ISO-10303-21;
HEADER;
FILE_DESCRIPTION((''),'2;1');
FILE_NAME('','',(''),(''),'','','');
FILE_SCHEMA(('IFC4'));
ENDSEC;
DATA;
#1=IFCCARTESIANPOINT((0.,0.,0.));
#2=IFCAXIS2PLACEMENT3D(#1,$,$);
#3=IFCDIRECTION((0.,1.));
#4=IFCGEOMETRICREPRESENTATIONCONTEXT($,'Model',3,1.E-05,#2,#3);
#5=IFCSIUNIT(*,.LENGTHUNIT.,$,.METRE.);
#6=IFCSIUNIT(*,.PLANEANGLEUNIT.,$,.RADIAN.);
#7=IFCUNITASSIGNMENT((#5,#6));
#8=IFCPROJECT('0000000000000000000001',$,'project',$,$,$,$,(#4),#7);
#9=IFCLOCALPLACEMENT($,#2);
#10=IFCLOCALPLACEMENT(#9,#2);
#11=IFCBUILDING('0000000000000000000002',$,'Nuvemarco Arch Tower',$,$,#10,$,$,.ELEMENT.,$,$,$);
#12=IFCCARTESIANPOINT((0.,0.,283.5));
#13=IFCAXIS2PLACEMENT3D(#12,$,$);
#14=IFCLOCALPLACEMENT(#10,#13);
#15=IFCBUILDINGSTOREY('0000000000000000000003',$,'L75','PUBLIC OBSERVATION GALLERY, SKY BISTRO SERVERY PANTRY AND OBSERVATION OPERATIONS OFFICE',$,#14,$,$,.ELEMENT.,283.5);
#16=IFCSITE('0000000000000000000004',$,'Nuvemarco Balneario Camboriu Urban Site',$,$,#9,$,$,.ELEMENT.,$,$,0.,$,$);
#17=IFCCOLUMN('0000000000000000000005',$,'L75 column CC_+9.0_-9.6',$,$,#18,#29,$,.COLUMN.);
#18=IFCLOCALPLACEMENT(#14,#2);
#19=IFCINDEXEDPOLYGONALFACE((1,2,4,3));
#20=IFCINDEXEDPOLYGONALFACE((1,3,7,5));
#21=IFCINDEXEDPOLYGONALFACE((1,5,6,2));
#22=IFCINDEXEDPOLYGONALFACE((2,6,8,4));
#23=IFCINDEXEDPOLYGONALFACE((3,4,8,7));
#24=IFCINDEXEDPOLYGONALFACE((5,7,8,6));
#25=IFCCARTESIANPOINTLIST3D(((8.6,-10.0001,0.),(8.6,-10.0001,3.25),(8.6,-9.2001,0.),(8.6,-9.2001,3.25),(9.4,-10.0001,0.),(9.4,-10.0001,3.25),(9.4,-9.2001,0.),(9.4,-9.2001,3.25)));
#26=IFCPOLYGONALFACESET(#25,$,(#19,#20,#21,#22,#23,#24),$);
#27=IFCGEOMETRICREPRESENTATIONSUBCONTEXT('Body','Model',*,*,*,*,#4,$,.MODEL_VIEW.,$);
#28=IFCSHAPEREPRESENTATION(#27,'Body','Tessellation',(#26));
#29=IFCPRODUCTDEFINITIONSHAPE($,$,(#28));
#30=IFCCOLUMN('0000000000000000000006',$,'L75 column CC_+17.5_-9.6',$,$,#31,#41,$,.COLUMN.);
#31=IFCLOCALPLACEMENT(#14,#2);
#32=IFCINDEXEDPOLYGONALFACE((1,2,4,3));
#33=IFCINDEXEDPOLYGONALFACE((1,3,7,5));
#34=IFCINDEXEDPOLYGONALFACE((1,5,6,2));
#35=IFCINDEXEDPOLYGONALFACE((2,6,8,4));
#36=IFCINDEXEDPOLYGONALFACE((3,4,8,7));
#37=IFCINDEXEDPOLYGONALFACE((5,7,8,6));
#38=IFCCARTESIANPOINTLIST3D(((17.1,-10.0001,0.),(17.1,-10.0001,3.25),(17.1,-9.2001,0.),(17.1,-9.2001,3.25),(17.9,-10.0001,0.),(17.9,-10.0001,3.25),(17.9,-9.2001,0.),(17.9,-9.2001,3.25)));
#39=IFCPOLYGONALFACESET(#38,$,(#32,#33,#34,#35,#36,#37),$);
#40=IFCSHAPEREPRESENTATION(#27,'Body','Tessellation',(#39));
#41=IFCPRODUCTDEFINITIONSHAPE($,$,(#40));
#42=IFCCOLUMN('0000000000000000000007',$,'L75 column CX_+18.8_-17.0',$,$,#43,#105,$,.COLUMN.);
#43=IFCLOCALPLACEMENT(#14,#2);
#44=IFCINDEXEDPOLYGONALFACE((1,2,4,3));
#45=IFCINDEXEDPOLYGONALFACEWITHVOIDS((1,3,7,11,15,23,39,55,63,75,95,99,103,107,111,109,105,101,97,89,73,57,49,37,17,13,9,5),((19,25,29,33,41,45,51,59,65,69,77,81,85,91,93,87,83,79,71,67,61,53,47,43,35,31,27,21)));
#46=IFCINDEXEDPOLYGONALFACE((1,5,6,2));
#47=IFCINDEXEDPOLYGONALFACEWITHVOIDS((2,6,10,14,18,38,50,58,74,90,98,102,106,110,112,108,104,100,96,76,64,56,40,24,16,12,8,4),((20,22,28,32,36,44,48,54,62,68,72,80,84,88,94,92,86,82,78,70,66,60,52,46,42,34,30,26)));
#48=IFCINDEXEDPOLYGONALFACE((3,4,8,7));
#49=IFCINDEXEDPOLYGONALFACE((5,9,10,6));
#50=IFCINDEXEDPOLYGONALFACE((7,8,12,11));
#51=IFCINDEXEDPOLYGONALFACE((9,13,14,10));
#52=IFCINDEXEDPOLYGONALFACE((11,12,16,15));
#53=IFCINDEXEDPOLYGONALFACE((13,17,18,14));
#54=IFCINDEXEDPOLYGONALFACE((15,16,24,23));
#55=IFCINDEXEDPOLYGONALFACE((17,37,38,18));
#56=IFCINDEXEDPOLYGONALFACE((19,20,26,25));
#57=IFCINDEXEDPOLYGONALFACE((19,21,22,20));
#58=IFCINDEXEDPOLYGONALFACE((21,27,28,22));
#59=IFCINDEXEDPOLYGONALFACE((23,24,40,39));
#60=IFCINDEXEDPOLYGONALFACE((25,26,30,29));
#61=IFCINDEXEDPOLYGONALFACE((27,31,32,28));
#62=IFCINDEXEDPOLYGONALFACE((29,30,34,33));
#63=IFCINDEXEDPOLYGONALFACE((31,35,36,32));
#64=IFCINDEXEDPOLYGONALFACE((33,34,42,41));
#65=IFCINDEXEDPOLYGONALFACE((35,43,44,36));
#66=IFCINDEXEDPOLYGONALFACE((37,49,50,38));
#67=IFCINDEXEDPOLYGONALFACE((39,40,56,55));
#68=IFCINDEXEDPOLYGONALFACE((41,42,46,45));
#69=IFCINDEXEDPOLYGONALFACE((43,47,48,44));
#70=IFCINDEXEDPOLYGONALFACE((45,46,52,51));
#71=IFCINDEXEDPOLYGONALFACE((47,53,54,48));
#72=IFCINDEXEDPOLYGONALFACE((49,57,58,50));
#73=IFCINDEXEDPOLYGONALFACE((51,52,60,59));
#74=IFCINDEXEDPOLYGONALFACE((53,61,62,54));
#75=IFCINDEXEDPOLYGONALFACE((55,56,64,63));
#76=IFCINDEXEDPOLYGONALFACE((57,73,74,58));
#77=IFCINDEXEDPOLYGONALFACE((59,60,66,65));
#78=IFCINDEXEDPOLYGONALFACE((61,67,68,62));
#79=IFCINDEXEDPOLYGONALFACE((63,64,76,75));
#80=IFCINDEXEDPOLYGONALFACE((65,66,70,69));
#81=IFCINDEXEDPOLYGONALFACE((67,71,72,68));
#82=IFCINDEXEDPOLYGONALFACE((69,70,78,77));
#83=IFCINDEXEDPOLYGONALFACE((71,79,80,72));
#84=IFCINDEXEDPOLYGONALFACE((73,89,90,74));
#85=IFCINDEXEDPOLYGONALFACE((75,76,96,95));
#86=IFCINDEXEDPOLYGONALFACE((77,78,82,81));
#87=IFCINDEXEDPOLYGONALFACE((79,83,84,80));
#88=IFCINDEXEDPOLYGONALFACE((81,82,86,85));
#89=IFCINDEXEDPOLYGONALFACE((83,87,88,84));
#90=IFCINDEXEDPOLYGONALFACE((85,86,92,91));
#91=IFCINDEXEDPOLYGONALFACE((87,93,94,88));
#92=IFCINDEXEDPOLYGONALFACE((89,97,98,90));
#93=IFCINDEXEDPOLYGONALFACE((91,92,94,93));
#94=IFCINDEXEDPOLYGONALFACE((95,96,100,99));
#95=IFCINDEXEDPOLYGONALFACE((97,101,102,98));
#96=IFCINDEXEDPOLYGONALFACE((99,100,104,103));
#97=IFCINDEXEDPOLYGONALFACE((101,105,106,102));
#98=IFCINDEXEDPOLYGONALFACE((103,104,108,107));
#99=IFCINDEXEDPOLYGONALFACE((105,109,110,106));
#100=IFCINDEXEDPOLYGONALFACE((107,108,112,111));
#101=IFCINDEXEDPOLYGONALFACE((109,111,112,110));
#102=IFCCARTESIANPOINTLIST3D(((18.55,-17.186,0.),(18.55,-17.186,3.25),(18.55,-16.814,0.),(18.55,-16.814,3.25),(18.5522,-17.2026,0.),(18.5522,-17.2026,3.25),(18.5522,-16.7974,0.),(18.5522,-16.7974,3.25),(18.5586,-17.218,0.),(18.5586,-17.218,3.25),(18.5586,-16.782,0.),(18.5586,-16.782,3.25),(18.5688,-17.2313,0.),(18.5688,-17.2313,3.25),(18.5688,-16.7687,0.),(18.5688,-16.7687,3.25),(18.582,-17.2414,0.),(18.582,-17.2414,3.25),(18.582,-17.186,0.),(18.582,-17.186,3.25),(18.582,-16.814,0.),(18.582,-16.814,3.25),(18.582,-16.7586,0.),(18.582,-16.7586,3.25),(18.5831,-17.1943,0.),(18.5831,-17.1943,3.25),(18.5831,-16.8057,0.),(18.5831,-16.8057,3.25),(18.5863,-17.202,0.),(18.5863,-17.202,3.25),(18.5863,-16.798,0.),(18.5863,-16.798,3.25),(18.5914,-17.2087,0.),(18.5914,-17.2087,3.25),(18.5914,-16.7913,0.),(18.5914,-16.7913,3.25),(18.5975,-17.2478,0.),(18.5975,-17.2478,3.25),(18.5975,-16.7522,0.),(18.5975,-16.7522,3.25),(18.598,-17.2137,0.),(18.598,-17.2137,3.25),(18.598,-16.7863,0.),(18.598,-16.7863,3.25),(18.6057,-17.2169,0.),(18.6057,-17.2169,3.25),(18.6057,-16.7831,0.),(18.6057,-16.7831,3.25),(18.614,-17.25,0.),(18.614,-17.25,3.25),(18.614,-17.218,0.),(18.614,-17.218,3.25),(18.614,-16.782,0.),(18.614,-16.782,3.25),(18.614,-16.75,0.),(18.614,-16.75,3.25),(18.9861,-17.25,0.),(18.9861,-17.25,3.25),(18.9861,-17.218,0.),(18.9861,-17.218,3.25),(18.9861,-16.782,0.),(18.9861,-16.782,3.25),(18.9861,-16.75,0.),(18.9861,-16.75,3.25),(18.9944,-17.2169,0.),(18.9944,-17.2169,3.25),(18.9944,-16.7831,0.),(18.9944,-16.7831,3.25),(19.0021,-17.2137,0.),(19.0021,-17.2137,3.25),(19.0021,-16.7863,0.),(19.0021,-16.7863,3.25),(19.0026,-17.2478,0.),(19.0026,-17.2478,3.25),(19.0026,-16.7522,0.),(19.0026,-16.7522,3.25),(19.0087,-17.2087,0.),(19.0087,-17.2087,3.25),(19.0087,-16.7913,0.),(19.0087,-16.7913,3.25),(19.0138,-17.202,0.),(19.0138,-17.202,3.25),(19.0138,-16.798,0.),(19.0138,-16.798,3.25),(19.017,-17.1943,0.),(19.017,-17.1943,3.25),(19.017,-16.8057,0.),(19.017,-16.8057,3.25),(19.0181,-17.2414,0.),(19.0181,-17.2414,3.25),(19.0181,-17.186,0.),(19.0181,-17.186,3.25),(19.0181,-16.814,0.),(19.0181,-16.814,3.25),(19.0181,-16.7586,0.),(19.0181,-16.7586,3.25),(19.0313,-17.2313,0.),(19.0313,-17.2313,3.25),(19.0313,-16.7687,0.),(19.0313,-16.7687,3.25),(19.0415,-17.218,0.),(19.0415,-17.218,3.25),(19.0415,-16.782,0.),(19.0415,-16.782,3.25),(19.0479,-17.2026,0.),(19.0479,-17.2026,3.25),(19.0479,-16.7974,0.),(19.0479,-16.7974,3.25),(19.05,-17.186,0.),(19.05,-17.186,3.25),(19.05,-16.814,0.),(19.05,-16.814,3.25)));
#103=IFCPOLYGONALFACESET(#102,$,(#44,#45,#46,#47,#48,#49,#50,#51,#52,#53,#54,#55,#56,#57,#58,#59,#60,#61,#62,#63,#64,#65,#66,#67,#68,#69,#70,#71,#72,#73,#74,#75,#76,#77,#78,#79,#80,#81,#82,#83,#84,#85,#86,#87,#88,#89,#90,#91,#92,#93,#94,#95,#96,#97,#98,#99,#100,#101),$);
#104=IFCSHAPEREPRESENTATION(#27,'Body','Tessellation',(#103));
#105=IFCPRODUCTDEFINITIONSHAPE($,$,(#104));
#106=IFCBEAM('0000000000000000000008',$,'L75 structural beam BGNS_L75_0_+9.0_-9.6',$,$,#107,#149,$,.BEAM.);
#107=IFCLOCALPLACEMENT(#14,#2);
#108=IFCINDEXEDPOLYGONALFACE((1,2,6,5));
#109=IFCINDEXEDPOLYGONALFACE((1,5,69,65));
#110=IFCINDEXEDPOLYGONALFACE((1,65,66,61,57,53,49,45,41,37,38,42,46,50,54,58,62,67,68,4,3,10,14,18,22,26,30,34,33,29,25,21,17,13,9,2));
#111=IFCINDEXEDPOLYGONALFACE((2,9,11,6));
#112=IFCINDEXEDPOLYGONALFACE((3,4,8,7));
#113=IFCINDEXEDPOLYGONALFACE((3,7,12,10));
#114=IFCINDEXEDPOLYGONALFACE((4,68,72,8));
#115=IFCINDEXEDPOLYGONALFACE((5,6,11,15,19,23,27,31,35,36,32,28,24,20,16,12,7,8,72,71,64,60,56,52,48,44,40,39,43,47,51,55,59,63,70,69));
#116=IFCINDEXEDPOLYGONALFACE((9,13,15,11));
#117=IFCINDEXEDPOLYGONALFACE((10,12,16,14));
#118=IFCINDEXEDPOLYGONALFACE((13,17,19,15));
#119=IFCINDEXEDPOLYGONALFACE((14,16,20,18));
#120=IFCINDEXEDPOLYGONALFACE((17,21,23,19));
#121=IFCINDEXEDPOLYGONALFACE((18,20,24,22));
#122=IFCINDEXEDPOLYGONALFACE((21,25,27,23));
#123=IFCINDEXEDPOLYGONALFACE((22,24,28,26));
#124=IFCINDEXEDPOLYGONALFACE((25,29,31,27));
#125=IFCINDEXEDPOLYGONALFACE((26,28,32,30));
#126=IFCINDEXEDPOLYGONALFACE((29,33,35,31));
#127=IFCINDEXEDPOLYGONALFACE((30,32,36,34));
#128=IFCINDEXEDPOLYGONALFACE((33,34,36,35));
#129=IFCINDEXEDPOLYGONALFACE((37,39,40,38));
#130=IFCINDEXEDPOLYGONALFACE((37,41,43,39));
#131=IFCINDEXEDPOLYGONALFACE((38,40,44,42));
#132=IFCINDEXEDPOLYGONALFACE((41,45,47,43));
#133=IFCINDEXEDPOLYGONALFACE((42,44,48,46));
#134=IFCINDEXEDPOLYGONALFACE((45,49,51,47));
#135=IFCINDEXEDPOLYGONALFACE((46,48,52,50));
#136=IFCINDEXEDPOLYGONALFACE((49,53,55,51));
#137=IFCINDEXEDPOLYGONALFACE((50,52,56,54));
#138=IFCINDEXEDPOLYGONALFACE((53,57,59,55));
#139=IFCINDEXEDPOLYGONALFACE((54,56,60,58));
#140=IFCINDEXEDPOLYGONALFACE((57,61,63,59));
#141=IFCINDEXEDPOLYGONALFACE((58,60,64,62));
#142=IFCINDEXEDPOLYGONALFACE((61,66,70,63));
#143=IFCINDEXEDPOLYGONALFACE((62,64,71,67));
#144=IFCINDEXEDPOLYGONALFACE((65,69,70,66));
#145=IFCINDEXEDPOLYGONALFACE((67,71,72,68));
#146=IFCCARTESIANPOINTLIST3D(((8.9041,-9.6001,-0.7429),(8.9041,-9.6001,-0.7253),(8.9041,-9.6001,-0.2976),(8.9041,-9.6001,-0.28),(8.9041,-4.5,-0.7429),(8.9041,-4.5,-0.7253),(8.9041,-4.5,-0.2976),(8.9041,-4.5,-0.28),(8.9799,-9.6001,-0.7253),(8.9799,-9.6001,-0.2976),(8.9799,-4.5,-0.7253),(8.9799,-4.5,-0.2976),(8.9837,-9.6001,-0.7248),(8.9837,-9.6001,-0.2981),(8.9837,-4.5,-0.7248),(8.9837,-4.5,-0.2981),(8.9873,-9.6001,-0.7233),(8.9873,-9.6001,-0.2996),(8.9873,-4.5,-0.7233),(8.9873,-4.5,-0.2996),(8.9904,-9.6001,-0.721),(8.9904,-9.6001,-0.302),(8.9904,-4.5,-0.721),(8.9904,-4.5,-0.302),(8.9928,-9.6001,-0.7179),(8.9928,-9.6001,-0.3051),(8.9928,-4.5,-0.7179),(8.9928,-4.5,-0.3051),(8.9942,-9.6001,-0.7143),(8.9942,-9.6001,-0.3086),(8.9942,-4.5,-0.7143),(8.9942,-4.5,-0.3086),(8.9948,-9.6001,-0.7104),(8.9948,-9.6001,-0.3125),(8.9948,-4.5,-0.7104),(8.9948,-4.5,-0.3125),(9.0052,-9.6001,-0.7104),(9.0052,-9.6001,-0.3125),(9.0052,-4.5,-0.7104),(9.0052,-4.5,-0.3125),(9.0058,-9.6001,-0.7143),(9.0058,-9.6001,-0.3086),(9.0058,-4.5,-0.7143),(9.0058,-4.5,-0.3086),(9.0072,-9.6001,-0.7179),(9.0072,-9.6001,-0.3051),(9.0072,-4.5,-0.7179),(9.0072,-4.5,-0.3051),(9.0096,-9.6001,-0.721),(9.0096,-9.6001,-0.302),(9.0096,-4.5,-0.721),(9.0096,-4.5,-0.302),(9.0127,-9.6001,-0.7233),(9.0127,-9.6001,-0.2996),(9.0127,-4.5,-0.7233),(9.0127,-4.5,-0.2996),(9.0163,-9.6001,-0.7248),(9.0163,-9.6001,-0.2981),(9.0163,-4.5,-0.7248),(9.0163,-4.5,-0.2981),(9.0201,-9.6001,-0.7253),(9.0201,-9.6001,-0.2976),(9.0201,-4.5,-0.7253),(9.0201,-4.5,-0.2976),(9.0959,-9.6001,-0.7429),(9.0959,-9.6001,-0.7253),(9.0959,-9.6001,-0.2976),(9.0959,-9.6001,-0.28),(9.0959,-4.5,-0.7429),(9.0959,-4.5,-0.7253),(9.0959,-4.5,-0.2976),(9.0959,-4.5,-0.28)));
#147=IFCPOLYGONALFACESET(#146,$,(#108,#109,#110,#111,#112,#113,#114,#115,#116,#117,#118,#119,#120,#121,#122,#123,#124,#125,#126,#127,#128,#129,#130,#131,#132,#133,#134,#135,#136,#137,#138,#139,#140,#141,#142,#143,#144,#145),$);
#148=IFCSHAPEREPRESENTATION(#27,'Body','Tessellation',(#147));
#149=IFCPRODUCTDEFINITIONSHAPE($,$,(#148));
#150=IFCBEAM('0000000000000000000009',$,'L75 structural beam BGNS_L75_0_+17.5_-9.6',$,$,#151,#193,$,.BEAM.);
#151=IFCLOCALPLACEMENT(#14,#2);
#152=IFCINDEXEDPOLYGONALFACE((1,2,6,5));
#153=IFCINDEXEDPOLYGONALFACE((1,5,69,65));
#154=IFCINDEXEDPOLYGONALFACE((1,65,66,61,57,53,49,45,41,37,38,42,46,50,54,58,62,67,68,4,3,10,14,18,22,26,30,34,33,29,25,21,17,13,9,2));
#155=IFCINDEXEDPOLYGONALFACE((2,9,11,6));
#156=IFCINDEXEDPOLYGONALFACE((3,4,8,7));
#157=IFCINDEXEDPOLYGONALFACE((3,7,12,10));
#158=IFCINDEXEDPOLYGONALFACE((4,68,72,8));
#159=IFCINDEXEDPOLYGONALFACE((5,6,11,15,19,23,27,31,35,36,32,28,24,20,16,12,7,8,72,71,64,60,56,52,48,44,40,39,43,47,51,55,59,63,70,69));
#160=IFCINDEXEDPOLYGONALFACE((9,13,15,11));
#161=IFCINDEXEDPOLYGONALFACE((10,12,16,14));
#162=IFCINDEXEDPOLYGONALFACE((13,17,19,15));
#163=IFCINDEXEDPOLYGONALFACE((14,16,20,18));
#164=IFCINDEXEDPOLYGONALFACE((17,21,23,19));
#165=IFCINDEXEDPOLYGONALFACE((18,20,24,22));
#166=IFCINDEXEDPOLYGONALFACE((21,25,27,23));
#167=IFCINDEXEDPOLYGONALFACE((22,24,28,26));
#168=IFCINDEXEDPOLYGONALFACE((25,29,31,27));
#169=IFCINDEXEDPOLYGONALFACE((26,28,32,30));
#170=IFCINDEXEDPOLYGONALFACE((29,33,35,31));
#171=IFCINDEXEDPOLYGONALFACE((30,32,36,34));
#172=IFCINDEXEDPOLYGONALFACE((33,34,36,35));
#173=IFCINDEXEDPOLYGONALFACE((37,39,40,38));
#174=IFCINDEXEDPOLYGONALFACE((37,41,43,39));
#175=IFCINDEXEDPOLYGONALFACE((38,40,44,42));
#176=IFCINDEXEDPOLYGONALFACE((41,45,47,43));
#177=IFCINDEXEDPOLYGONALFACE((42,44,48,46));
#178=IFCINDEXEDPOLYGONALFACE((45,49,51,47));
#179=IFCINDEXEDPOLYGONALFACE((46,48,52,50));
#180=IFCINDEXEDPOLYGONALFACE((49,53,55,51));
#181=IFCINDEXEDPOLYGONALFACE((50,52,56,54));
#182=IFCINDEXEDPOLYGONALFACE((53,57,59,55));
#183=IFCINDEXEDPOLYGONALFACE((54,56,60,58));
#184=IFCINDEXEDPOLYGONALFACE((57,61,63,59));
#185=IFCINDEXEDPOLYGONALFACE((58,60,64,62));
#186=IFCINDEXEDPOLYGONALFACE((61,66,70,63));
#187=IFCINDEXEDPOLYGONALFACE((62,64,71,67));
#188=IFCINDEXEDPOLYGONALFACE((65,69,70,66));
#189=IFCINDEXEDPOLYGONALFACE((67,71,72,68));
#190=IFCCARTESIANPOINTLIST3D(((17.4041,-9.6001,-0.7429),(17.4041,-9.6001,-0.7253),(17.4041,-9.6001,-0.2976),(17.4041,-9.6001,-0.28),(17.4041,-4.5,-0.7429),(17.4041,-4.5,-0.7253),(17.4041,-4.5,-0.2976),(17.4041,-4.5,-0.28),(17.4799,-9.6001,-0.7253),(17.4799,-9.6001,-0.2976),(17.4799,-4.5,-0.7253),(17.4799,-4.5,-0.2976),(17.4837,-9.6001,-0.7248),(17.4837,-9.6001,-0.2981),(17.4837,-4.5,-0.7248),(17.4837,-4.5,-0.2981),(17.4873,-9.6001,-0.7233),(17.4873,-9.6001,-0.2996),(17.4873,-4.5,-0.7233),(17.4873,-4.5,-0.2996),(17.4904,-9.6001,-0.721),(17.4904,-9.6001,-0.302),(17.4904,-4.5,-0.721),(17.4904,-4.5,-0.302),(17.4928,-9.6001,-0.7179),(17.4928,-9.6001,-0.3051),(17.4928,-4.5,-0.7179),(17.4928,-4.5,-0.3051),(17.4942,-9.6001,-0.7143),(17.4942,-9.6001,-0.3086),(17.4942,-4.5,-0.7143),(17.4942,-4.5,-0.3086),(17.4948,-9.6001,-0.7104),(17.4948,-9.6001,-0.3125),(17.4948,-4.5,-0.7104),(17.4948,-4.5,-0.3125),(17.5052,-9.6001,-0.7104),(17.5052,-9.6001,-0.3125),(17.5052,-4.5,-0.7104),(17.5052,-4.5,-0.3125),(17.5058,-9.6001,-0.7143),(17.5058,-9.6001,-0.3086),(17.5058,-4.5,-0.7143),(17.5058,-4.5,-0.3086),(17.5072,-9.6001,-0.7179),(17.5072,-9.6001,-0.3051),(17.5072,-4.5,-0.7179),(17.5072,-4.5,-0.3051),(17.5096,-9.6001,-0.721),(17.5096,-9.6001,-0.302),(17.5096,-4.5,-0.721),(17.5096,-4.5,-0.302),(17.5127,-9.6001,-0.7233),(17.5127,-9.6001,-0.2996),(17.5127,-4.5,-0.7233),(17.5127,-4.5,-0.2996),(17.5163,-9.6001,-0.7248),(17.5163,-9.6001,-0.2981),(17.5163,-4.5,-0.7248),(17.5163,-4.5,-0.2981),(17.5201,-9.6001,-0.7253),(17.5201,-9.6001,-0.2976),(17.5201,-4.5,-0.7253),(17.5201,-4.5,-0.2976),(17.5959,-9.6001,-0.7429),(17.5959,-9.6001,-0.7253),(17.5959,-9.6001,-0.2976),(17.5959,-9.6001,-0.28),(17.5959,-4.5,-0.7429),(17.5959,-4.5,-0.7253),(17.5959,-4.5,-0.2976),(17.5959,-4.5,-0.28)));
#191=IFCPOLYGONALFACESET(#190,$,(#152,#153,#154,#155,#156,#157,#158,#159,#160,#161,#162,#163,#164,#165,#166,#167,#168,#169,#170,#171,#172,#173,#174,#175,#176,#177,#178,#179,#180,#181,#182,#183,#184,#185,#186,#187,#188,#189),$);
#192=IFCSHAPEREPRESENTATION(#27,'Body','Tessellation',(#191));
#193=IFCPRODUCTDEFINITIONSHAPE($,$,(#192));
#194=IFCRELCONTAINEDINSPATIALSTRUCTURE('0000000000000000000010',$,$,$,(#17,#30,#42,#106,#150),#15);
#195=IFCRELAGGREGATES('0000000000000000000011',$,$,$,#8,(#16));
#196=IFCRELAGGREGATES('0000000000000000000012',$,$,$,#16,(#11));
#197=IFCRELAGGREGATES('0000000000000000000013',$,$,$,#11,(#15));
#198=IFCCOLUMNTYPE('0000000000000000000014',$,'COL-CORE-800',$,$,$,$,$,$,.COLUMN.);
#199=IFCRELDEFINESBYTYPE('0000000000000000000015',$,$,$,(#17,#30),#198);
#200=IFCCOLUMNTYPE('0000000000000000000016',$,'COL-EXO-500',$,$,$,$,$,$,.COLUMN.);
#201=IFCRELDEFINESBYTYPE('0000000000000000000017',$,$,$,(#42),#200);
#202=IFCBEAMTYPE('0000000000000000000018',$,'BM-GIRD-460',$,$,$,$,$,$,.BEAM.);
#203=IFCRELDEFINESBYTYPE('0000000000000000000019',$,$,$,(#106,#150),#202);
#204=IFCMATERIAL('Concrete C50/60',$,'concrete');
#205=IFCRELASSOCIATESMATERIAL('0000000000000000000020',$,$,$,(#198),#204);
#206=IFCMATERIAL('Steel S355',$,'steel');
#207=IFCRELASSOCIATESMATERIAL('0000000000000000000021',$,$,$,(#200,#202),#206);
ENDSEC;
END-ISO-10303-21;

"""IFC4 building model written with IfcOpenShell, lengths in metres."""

from ifc_helpers import new_model, si_unit, direction, frame, origin, origin_2d, place, context, subcontext, project, spatial, rectangle, hollow_rectangle, i_section, extrude, material, material_profile, profile_set, type_object, element, save


model = new_model("IFC4")

# Units and contexts
model_context = context("Model", 3, precision=1e-05, world=origin(), true_north=direction((0.0, 1.0)))
body_context = subcontext(model_context, "Body", "Model", "MODEL_VIEW")
ifc_project = project(units=[si_unit("LENGTHUNIT", "METRE"), si_unit("PLANEANGLEUNIT", "RADIAN")], contexts=[model_context])

# Site, building, storey
site_placement = place(None, origin())
site = spatial("IfcSite", under=ifc_project, at=site_placement, Name="Nuvemarco Balneario Camboriu Urban Site", CompositionType="ELEMENT", RefElevation=0.0)
building_placement = place(site_placement, origin())
building = spatial("IfcBuilding", under=site, at=building_placement, Name="Nuvemarco Arch Tower", CompositionType="ELEMENT")
storey_placement = place(building_placement, frame((0.0, 0.0, 283.5)))
storey = spatial("IfcBuildingStorey", under=building, at=storey_placement, Name="L75", Description="PUBLIC OBSERVATION GALLERY, SKY BISTRO SERVERY PANTRY AND OBSERVATION OPERATIONS OFFICE", CompositionType="ELEMENT", Elevation=283.5)

# Columns
ifc_material_1 = material(Name="Concrete C50/60", Category="concrete")
ifc_material_profile_1 = material_profile(ifc_material_1, rectangle(XDim=0.8, YDim=0.8, at=origin_2d()), Name="RC-COL-800x800")
ifc_profile_set_1 = profile_set([ifc_material_profile_1], Name="Concrete C50/60")
column_type_1 = type_object("IfcColumnType", Name="COL-CORE-800", PredefinedType="COLUMN", material=ifc_profile_set_1)
for number, where, z_axis, x_axis, name in (
    (1, (9.0, -9.6001, 0.0), (0.0, 0.0, 1.0), (1.0, 0.0, 0.0), "L75 column CC_+9.0_-9.6"),
    (2, (17.5, -9.6001, 0.0), (0.0, 0.0, 1.0), (1.0, 0.0, 0.0), "L75 column CC_+17.5_-9.6"),
):
    element("IfcColumn", number, at=place(storey_placement, frame(where, z_axis=z_axis, x_axis=x_axis)), inside=storey, type_object=column_type_1, Name=name, PredefinedType="COLUMN", context=body_context, shape_type="SweptSolid", body=[
        extrude(rectangle(XDim=0.8, YDim=0.8, at=origin_2d()), origin(), (0.0, 0.0, 1.0), 3.25),
    ])
ifc_material_2 = material(Name="Steel S355", Category="steel")
ifc_material_profile_2 = material_profile(ifc_material_2, hollow_rectangle(XDim=0.5, YDim=0.5, WallThickness=0.032, InnerFilletRadius=0.032, OuterFilletRadius=0.064, at=origin_2d()), Name="SHS500x500x32")
ifc_profile_set_2 = profile_set([ifc_material_profile_2], Name="Steel S355")
column_type_2 = type_object("IfcColumnType", Name="COL-EXO-500", PredefinedType="COLUMN", material=ifc_profile_set_2)
column_placement = place(storey_placement, frame((18.8, -17.0, 0.0), z_axis=(0.0, 0.0, 1.0), x_axis=(1.0, 0.0, 0.0)))
element("IfcColumn", 3, at=column_placement, inside=storey, type_object=column_type_2, Name="L75 column CX_+18.8_-17.0", PredefinedType="COLUMN", context=body_context, shape_type="SweptSolid", body=[
    extrude(hollow_rectangle(XDim=0.5, YDim=0.5, WallThickness=0.032, InnerFilletRadius=0.032, OuterFilletRadius=0.064, at=origin_2d()), origin(), (0.0, 0.0, 1.0), 3.25),
])

# Beams
ifc_material_profile_3 = material_profile(ifc_material_2, i_section(OverallWidth=0.1919, OverallDepth=0.4629, WebThickness=0.0105, FlangeThickness=0.0176, FilletRadius=0.0149, at=origin_2d()), Name="W460x89")
ifc_profile_set_3 = profile_set([ifc_material_profile_3], Name="Steel S355")
beam_type_1 = type_object("IfcBeamType", Name="BM-GIRD-460", PredefinedType="BEAM", material=ifc_profile_set_3)
for number, where, z_axis, x_axis, name in (
    (4, (9.0, -9.6001, -0.5115), (0.0, 1.0, 0.0), (-1.0, 0.0, 0.0), "L75 structural beam BGNS_L75_0_+9.0_-9.6"),
    (5, (17.5, -9.6001, -0.5115), (0.0, 1.0, 0.0), (-1.0, 0.0, 0.0), "L75 structural beam BGNS_L75_0_+17.5_-9.6"),
):
    element("IfcBeam", number, at=place(storey_placement, frame(where, z_axis=z_axis, x_axis=x_axis)), inside=storey, type_object=beam_type_1, Name=name, PredefinedType="BEAM", context=body_context, shape_type="SweptSolid", body=[
        extrude(i_section(OverallWidth=0.1919, OverallDepth=0.4629, WebThickness=0.0105, FlangeThickness=0.0176, FilletRadius=0.0149, at=origin_2d()), origin(), (0.0, 0.0, 1.0), 5.1001),
    ])

save(model, "model.ifc")
